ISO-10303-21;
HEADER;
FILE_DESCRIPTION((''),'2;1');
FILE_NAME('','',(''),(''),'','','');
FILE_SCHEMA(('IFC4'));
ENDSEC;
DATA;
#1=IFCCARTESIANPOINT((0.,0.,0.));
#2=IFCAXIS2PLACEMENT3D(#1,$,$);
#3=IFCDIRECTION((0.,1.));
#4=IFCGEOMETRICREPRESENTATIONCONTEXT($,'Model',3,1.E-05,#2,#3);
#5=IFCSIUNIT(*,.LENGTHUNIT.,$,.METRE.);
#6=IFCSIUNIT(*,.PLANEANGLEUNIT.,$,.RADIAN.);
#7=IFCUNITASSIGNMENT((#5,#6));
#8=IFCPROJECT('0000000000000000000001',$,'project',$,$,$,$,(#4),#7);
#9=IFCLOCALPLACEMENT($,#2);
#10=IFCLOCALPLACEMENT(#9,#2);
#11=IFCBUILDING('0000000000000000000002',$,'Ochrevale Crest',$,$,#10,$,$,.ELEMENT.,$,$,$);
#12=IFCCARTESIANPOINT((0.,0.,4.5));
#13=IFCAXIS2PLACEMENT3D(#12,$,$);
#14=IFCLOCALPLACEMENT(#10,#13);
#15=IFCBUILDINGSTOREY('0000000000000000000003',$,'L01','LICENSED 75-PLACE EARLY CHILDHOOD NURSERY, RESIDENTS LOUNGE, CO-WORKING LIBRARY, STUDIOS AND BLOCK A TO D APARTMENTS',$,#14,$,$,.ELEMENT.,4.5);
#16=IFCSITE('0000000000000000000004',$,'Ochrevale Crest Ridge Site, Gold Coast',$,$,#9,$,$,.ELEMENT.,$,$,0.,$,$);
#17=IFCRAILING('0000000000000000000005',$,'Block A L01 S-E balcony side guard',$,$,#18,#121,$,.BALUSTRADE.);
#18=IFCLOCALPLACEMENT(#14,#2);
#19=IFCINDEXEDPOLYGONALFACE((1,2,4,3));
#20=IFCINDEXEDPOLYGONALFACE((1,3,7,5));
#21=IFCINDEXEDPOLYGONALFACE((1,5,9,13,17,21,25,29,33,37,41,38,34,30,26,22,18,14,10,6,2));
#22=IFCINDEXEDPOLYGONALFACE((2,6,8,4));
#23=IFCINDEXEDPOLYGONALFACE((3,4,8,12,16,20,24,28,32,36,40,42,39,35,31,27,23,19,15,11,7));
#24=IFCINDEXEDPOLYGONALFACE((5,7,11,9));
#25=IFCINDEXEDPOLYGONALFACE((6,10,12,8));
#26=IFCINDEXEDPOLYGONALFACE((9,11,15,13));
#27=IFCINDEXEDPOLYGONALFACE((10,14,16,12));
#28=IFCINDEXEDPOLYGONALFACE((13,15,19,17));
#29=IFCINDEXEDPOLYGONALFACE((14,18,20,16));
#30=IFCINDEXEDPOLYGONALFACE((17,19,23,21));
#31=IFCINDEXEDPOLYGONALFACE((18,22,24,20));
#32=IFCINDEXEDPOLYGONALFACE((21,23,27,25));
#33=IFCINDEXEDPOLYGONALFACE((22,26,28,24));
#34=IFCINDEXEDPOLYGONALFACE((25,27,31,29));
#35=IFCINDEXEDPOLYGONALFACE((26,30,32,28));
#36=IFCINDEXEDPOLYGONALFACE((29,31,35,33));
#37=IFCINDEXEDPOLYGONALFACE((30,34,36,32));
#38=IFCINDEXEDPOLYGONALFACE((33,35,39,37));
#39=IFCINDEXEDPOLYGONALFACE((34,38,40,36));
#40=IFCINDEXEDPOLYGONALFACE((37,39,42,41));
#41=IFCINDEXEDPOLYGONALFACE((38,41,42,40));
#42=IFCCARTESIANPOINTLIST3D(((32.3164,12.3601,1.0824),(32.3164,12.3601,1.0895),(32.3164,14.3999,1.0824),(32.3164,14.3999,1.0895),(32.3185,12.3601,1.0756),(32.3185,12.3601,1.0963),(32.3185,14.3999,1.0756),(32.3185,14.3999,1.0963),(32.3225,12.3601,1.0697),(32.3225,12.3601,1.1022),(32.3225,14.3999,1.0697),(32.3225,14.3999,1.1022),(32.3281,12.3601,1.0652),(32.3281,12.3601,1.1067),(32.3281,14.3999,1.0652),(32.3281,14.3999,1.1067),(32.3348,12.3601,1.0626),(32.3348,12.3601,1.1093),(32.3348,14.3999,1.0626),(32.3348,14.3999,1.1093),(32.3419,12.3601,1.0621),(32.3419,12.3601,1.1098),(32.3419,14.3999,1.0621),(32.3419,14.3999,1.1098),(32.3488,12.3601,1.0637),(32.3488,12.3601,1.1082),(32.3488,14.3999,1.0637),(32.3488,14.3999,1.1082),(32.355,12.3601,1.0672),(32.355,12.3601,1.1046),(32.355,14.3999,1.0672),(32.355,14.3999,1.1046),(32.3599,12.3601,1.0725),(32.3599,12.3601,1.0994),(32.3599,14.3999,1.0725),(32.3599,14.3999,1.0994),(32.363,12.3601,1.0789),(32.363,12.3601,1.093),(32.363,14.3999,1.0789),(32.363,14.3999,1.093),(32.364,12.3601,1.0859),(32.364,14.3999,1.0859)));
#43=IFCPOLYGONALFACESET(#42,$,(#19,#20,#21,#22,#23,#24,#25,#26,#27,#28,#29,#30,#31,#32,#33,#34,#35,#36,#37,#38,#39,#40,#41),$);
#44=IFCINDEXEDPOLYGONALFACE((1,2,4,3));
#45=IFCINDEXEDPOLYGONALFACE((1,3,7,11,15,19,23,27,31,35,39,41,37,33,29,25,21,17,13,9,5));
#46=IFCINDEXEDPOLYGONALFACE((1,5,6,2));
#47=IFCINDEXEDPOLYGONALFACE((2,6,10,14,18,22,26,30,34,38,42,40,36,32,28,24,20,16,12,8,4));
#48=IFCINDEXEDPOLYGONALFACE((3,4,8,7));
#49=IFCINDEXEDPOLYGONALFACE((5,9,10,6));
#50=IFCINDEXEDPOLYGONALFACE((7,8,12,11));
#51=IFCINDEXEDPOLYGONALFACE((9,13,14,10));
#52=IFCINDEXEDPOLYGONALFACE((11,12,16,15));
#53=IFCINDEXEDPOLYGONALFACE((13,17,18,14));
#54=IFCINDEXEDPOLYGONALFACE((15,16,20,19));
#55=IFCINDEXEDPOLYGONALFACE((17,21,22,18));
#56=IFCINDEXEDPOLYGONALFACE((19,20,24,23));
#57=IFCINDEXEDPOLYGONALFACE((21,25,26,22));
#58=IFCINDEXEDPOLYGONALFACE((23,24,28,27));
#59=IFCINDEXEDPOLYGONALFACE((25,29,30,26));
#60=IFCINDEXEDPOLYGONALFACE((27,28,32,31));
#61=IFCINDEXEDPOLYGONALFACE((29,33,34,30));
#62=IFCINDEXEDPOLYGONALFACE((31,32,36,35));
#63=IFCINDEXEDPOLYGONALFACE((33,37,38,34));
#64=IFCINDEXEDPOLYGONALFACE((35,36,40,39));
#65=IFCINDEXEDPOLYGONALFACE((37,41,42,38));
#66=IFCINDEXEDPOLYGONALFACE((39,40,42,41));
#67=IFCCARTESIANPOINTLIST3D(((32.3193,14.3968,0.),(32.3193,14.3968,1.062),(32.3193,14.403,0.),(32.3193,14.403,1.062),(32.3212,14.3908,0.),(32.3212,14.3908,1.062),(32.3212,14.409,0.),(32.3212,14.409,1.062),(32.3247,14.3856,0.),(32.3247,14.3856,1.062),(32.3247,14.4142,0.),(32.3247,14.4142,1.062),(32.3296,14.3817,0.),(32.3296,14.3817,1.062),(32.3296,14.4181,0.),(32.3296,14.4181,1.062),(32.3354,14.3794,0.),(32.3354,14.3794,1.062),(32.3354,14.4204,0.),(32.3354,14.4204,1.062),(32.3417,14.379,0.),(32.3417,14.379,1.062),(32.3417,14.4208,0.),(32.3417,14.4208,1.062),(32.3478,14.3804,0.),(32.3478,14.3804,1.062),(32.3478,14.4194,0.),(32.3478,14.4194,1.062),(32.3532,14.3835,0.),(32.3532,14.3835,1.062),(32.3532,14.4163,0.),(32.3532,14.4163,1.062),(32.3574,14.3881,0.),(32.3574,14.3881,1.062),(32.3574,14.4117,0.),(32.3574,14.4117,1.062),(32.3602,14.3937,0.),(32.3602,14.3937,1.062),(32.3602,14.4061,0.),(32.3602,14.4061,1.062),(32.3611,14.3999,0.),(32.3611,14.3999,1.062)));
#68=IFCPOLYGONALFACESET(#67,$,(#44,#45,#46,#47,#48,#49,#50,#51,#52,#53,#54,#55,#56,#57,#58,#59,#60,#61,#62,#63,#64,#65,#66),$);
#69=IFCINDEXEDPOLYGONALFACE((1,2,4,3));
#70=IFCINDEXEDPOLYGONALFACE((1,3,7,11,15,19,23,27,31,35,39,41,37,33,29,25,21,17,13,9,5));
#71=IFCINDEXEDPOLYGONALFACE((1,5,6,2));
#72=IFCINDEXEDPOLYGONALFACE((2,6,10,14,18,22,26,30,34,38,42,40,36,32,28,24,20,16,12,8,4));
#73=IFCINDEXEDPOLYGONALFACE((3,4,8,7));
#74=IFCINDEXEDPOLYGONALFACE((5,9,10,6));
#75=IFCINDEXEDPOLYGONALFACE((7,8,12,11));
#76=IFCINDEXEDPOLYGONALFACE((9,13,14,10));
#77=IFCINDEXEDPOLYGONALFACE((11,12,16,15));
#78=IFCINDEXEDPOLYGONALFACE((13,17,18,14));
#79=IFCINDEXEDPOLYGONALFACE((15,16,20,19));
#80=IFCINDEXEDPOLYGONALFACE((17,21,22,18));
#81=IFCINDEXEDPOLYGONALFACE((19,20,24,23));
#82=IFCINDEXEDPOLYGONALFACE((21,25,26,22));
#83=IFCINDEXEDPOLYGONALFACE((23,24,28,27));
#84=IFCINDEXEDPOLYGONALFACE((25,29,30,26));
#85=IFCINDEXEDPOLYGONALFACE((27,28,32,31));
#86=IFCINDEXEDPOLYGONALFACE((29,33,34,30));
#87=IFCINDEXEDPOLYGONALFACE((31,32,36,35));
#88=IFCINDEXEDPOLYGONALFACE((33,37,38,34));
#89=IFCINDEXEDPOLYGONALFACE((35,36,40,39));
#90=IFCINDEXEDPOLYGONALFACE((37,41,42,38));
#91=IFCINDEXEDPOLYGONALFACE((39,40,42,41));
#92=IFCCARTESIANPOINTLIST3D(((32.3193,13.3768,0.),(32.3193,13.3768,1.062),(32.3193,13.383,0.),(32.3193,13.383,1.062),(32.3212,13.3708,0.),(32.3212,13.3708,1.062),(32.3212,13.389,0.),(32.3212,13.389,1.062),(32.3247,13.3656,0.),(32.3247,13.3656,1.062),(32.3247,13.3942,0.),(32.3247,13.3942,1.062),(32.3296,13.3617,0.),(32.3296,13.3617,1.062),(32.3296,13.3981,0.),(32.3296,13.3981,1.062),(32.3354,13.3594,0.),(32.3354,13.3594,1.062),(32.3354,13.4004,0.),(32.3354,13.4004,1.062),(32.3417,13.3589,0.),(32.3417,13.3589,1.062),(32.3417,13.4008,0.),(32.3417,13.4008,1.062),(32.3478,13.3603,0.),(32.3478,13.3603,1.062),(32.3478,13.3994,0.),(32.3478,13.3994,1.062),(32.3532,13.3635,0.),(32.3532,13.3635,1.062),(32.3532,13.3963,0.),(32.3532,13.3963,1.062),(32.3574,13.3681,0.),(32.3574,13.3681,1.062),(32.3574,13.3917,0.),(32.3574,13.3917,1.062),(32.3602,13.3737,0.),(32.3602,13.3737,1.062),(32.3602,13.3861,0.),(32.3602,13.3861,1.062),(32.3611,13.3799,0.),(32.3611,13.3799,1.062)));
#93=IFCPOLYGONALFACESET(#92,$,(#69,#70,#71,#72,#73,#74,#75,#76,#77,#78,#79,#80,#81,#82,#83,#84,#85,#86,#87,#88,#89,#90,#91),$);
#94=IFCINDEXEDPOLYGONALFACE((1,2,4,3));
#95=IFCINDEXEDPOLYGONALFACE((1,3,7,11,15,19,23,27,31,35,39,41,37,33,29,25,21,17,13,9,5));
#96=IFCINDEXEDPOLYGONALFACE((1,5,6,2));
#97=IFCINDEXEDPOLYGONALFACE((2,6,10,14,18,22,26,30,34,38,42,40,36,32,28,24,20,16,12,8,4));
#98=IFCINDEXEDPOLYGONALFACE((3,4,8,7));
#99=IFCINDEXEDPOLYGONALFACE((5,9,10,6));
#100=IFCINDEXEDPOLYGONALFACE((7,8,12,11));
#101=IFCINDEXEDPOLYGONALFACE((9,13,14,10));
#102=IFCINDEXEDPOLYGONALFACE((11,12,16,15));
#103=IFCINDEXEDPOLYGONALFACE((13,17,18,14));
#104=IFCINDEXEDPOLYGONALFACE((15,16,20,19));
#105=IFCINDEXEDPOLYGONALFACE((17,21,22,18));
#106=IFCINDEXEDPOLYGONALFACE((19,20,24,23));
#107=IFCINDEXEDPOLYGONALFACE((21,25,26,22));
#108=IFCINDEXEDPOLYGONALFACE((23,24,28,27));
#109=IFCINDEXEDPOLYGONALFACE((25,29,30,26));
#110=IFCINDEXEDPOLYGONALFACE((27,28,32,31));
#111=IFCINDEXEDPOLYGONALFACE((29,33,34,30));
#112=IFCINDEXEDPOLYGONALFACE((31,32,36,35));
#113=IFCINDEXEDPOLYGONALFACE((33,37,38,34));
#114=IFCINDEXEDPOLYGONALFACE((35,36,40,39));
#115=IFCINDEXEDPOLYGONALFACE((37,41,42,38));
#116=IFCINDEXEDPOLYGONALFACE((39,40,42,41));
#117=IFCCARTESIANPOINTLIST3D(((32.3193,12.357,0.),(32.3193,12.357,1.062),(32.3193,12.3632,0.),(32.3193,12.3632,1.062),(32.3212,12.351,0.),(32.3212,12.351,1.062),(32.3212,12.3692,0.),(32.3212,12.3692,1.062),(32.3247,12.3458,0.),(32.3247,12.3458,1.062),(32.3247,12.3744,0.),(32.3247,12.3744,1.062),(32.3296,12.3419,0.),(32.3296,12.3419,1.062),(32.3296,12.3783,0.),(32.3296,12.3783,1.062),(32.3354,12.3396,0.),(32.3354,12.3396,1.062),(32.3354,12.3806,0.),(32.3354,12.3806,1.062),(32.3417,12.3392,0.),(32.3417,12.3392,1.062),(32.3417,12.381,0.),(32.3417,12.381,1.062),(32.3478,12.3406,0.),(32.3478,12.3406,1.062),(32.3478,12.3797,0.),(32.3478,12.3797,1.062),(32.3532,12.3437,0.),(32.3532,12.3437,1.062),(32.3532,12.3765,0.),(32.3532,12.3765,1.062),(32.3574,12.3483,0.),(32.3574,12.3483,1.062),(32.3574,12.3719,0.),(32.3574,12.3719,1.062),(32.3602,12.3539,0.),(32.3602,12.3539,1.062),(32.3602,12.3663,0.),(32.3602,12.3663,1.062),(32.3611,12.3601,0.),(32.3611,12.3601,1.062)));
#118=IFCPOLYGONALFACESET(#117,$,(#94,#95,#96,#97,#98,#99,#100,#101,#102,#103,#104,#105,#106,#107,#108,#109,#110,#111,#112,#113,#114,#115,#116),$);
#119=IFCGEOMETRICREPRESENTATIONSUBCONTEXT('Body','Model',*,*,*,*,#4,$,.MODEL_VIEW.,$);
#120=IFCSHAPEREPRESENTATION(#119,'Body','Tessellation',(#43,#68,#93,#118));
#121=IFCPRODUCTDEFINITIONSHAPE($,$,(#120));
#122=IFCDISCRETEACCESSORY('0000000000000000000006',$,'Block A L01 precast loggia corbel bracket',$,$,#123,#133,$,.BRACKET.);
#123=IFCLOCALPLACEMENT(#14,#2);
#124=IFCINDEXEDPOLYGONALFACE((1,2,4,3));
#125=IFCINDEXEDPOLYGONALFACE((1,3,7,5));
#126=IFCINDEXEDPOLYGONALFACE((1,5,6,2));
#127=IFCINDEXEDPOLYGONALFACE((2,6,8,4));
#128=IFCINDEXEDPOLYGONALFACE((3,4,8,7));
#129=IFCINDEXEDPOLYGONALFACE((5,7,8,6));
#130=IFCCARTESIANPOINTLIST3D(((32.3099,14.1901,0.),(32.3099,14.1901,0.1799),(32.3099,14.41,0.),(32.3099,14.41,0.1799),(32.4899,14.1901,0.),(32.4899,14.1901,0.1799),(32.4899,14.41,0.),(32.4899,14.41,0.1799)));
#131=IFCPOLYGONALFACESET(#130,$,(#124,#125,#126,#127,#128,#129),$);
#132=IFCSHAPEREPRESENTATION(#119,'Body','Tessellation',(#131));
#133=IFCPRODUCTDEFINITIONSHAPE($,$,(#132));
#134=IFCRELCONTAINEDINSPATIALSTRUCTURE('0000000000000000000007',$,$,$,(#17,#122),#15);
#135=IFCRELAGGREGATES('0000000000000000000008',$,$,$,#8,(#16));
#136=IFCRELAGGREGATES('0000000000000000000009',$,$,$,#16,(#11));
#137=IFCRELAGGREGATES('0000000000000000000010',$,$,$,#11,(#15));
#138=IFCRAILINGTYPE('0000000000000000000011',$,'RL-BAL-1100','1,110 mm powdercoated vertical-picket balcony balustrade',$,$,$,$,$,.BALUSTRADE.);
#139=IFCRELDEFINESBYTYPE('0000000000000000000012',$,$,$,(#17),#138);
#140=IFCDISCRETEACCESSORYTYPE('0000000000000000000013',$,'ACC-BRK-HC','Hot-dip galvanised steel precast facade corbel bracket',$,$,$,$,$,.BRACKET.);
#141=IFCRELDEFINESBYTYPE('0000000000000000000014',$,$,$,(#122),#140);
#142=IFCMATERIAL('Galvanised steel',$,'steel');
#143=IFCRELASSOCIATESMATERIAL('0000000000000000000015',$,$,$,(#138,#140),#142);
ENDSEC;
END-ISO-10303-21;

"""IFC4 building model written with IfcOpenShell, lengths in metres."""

from ifc_helpers import new_model, si_unit, direction, frame, origin, origin_2d, place, context, subcontext, project, spatial, rectangle, circle, extrude, material, type_object, element, save


model = new_model("IFC4")

# Units and contexts
model_context = context("Model", 3, precision=1e-05, world=origin(), true_north=direction((0.0, 1.0)))
body_context = subcontext(model_context, "Body", "Model", "MODEL_VIEW")
ifc_project = project(units=[si_unit("LENGTHUNIT", "METRE"), si_unit("PLANEANGLEUNIT", "RADIAN")], contexts=[model_context])

# Site, building, storey
site_placement = place(None, origin())
site = spatial("IfcSite", under=ifc_project, at=site_placement, Name="Ochrevale Crest Ridge Site, Gold Coast", CompositionType="ELEMENT", RefElevation=0.0)
building_placement = place(site_placement, origin())
building = spatial("IfcBuilding", under=site, at=building_placement, Name="Ochrevale Crest", CompositionType="ELEMENT")
storey_placement = place(building_placement, frame((0.0, 0.0, 4.5)))
storey = spatial("IfcBuildingStorey", under=building, at=storey_placement, Name="L01", Description="LICENSED 75-PLACE EARLY CHILDHOOD NURSERY, RESIDENTS LOUNGE, CO-WORKING LIBRARY, STUDIOS AND BLOCK A TO D APARTMENTS", CompositionType="ELEMENT", Elevation=4.5)

# Railing
ifc_material_1 = material(Name="Galvanised steel", Category="steel")
railing_type = type_object("IfcRailingType", Name="RL-BAL-1100", Description="1,110 mm powdercoated vertical-picket balcony balustrade", PredefinedType="BALUSTRADE", material=ifc_material_1)
railing_placement = place(storey_placement, frame((32.3401, 14.3999, 0.0)))
element("IfcRailing", 1, at=railing_placement, inside=storey, type_object=railing_type, Name="Block A L01 S-E balcony side guard", PredefinedType="BALUSTRADE", context=body_context, shape_type="SweptSolid", body=[
    extrude(circle(Radius=0.0239, at=origin_2d()), frame((0.0, 0.0, 1.0859), z_axis=(0.0, -1.0, 0.0), x_axis=(1.0, 0.0, 0.0)), (0.0, 0.0, 1.0), 2.0398),
    extrude(circle(Radius=0.021, at=origin_2d()), origin(), (0.0, 0.0, 1.0), 1.062),
    extrude(circle(Radius=0.021, at=origin_2d()), frame((0.0, -1.02, 0.0)), (0.0, 0.0, 1.0), 1.062),
    extrude(circle(Radius=0.021, at=origin_2d()), frame((0.0, -2.0398, 0.0)), (0.0, 0.0, 1.0), 1.062),
])

# Discrete accessory
discrete_accessory_type = type_object("IfcDiscreteAccessoryType", Name="ACC-BRK-HC", Description="Hot-dip galvanised steel precast facade corbel bracket", PredefinedType="BRACKET", material=ifc_material_1)
discrete_accessory_placement = place(storey_placement, frame((32.3999, 14.3, 0.0), z_axis=(0.0, 0.0, 1.0), x_axis=(1.0, 0.0, 0.0)))
element("IfcDiscreteAccessory", 2, at=discrete_accessory_placement, inside=storey, type_object=discrete_accessory_type, Name="Block A L01 precast loggia corbel bracket", PredefinedType="BRACKET", context=body_context, shape_type="SweptSolid", body=[
    extrude(rectangle(XDim=0.1799, YDim=0.22, at=origin_2d()), origin(), (0.0, 0.0, 1.0), 0.1799),
])

save(model, "model.ifc")
